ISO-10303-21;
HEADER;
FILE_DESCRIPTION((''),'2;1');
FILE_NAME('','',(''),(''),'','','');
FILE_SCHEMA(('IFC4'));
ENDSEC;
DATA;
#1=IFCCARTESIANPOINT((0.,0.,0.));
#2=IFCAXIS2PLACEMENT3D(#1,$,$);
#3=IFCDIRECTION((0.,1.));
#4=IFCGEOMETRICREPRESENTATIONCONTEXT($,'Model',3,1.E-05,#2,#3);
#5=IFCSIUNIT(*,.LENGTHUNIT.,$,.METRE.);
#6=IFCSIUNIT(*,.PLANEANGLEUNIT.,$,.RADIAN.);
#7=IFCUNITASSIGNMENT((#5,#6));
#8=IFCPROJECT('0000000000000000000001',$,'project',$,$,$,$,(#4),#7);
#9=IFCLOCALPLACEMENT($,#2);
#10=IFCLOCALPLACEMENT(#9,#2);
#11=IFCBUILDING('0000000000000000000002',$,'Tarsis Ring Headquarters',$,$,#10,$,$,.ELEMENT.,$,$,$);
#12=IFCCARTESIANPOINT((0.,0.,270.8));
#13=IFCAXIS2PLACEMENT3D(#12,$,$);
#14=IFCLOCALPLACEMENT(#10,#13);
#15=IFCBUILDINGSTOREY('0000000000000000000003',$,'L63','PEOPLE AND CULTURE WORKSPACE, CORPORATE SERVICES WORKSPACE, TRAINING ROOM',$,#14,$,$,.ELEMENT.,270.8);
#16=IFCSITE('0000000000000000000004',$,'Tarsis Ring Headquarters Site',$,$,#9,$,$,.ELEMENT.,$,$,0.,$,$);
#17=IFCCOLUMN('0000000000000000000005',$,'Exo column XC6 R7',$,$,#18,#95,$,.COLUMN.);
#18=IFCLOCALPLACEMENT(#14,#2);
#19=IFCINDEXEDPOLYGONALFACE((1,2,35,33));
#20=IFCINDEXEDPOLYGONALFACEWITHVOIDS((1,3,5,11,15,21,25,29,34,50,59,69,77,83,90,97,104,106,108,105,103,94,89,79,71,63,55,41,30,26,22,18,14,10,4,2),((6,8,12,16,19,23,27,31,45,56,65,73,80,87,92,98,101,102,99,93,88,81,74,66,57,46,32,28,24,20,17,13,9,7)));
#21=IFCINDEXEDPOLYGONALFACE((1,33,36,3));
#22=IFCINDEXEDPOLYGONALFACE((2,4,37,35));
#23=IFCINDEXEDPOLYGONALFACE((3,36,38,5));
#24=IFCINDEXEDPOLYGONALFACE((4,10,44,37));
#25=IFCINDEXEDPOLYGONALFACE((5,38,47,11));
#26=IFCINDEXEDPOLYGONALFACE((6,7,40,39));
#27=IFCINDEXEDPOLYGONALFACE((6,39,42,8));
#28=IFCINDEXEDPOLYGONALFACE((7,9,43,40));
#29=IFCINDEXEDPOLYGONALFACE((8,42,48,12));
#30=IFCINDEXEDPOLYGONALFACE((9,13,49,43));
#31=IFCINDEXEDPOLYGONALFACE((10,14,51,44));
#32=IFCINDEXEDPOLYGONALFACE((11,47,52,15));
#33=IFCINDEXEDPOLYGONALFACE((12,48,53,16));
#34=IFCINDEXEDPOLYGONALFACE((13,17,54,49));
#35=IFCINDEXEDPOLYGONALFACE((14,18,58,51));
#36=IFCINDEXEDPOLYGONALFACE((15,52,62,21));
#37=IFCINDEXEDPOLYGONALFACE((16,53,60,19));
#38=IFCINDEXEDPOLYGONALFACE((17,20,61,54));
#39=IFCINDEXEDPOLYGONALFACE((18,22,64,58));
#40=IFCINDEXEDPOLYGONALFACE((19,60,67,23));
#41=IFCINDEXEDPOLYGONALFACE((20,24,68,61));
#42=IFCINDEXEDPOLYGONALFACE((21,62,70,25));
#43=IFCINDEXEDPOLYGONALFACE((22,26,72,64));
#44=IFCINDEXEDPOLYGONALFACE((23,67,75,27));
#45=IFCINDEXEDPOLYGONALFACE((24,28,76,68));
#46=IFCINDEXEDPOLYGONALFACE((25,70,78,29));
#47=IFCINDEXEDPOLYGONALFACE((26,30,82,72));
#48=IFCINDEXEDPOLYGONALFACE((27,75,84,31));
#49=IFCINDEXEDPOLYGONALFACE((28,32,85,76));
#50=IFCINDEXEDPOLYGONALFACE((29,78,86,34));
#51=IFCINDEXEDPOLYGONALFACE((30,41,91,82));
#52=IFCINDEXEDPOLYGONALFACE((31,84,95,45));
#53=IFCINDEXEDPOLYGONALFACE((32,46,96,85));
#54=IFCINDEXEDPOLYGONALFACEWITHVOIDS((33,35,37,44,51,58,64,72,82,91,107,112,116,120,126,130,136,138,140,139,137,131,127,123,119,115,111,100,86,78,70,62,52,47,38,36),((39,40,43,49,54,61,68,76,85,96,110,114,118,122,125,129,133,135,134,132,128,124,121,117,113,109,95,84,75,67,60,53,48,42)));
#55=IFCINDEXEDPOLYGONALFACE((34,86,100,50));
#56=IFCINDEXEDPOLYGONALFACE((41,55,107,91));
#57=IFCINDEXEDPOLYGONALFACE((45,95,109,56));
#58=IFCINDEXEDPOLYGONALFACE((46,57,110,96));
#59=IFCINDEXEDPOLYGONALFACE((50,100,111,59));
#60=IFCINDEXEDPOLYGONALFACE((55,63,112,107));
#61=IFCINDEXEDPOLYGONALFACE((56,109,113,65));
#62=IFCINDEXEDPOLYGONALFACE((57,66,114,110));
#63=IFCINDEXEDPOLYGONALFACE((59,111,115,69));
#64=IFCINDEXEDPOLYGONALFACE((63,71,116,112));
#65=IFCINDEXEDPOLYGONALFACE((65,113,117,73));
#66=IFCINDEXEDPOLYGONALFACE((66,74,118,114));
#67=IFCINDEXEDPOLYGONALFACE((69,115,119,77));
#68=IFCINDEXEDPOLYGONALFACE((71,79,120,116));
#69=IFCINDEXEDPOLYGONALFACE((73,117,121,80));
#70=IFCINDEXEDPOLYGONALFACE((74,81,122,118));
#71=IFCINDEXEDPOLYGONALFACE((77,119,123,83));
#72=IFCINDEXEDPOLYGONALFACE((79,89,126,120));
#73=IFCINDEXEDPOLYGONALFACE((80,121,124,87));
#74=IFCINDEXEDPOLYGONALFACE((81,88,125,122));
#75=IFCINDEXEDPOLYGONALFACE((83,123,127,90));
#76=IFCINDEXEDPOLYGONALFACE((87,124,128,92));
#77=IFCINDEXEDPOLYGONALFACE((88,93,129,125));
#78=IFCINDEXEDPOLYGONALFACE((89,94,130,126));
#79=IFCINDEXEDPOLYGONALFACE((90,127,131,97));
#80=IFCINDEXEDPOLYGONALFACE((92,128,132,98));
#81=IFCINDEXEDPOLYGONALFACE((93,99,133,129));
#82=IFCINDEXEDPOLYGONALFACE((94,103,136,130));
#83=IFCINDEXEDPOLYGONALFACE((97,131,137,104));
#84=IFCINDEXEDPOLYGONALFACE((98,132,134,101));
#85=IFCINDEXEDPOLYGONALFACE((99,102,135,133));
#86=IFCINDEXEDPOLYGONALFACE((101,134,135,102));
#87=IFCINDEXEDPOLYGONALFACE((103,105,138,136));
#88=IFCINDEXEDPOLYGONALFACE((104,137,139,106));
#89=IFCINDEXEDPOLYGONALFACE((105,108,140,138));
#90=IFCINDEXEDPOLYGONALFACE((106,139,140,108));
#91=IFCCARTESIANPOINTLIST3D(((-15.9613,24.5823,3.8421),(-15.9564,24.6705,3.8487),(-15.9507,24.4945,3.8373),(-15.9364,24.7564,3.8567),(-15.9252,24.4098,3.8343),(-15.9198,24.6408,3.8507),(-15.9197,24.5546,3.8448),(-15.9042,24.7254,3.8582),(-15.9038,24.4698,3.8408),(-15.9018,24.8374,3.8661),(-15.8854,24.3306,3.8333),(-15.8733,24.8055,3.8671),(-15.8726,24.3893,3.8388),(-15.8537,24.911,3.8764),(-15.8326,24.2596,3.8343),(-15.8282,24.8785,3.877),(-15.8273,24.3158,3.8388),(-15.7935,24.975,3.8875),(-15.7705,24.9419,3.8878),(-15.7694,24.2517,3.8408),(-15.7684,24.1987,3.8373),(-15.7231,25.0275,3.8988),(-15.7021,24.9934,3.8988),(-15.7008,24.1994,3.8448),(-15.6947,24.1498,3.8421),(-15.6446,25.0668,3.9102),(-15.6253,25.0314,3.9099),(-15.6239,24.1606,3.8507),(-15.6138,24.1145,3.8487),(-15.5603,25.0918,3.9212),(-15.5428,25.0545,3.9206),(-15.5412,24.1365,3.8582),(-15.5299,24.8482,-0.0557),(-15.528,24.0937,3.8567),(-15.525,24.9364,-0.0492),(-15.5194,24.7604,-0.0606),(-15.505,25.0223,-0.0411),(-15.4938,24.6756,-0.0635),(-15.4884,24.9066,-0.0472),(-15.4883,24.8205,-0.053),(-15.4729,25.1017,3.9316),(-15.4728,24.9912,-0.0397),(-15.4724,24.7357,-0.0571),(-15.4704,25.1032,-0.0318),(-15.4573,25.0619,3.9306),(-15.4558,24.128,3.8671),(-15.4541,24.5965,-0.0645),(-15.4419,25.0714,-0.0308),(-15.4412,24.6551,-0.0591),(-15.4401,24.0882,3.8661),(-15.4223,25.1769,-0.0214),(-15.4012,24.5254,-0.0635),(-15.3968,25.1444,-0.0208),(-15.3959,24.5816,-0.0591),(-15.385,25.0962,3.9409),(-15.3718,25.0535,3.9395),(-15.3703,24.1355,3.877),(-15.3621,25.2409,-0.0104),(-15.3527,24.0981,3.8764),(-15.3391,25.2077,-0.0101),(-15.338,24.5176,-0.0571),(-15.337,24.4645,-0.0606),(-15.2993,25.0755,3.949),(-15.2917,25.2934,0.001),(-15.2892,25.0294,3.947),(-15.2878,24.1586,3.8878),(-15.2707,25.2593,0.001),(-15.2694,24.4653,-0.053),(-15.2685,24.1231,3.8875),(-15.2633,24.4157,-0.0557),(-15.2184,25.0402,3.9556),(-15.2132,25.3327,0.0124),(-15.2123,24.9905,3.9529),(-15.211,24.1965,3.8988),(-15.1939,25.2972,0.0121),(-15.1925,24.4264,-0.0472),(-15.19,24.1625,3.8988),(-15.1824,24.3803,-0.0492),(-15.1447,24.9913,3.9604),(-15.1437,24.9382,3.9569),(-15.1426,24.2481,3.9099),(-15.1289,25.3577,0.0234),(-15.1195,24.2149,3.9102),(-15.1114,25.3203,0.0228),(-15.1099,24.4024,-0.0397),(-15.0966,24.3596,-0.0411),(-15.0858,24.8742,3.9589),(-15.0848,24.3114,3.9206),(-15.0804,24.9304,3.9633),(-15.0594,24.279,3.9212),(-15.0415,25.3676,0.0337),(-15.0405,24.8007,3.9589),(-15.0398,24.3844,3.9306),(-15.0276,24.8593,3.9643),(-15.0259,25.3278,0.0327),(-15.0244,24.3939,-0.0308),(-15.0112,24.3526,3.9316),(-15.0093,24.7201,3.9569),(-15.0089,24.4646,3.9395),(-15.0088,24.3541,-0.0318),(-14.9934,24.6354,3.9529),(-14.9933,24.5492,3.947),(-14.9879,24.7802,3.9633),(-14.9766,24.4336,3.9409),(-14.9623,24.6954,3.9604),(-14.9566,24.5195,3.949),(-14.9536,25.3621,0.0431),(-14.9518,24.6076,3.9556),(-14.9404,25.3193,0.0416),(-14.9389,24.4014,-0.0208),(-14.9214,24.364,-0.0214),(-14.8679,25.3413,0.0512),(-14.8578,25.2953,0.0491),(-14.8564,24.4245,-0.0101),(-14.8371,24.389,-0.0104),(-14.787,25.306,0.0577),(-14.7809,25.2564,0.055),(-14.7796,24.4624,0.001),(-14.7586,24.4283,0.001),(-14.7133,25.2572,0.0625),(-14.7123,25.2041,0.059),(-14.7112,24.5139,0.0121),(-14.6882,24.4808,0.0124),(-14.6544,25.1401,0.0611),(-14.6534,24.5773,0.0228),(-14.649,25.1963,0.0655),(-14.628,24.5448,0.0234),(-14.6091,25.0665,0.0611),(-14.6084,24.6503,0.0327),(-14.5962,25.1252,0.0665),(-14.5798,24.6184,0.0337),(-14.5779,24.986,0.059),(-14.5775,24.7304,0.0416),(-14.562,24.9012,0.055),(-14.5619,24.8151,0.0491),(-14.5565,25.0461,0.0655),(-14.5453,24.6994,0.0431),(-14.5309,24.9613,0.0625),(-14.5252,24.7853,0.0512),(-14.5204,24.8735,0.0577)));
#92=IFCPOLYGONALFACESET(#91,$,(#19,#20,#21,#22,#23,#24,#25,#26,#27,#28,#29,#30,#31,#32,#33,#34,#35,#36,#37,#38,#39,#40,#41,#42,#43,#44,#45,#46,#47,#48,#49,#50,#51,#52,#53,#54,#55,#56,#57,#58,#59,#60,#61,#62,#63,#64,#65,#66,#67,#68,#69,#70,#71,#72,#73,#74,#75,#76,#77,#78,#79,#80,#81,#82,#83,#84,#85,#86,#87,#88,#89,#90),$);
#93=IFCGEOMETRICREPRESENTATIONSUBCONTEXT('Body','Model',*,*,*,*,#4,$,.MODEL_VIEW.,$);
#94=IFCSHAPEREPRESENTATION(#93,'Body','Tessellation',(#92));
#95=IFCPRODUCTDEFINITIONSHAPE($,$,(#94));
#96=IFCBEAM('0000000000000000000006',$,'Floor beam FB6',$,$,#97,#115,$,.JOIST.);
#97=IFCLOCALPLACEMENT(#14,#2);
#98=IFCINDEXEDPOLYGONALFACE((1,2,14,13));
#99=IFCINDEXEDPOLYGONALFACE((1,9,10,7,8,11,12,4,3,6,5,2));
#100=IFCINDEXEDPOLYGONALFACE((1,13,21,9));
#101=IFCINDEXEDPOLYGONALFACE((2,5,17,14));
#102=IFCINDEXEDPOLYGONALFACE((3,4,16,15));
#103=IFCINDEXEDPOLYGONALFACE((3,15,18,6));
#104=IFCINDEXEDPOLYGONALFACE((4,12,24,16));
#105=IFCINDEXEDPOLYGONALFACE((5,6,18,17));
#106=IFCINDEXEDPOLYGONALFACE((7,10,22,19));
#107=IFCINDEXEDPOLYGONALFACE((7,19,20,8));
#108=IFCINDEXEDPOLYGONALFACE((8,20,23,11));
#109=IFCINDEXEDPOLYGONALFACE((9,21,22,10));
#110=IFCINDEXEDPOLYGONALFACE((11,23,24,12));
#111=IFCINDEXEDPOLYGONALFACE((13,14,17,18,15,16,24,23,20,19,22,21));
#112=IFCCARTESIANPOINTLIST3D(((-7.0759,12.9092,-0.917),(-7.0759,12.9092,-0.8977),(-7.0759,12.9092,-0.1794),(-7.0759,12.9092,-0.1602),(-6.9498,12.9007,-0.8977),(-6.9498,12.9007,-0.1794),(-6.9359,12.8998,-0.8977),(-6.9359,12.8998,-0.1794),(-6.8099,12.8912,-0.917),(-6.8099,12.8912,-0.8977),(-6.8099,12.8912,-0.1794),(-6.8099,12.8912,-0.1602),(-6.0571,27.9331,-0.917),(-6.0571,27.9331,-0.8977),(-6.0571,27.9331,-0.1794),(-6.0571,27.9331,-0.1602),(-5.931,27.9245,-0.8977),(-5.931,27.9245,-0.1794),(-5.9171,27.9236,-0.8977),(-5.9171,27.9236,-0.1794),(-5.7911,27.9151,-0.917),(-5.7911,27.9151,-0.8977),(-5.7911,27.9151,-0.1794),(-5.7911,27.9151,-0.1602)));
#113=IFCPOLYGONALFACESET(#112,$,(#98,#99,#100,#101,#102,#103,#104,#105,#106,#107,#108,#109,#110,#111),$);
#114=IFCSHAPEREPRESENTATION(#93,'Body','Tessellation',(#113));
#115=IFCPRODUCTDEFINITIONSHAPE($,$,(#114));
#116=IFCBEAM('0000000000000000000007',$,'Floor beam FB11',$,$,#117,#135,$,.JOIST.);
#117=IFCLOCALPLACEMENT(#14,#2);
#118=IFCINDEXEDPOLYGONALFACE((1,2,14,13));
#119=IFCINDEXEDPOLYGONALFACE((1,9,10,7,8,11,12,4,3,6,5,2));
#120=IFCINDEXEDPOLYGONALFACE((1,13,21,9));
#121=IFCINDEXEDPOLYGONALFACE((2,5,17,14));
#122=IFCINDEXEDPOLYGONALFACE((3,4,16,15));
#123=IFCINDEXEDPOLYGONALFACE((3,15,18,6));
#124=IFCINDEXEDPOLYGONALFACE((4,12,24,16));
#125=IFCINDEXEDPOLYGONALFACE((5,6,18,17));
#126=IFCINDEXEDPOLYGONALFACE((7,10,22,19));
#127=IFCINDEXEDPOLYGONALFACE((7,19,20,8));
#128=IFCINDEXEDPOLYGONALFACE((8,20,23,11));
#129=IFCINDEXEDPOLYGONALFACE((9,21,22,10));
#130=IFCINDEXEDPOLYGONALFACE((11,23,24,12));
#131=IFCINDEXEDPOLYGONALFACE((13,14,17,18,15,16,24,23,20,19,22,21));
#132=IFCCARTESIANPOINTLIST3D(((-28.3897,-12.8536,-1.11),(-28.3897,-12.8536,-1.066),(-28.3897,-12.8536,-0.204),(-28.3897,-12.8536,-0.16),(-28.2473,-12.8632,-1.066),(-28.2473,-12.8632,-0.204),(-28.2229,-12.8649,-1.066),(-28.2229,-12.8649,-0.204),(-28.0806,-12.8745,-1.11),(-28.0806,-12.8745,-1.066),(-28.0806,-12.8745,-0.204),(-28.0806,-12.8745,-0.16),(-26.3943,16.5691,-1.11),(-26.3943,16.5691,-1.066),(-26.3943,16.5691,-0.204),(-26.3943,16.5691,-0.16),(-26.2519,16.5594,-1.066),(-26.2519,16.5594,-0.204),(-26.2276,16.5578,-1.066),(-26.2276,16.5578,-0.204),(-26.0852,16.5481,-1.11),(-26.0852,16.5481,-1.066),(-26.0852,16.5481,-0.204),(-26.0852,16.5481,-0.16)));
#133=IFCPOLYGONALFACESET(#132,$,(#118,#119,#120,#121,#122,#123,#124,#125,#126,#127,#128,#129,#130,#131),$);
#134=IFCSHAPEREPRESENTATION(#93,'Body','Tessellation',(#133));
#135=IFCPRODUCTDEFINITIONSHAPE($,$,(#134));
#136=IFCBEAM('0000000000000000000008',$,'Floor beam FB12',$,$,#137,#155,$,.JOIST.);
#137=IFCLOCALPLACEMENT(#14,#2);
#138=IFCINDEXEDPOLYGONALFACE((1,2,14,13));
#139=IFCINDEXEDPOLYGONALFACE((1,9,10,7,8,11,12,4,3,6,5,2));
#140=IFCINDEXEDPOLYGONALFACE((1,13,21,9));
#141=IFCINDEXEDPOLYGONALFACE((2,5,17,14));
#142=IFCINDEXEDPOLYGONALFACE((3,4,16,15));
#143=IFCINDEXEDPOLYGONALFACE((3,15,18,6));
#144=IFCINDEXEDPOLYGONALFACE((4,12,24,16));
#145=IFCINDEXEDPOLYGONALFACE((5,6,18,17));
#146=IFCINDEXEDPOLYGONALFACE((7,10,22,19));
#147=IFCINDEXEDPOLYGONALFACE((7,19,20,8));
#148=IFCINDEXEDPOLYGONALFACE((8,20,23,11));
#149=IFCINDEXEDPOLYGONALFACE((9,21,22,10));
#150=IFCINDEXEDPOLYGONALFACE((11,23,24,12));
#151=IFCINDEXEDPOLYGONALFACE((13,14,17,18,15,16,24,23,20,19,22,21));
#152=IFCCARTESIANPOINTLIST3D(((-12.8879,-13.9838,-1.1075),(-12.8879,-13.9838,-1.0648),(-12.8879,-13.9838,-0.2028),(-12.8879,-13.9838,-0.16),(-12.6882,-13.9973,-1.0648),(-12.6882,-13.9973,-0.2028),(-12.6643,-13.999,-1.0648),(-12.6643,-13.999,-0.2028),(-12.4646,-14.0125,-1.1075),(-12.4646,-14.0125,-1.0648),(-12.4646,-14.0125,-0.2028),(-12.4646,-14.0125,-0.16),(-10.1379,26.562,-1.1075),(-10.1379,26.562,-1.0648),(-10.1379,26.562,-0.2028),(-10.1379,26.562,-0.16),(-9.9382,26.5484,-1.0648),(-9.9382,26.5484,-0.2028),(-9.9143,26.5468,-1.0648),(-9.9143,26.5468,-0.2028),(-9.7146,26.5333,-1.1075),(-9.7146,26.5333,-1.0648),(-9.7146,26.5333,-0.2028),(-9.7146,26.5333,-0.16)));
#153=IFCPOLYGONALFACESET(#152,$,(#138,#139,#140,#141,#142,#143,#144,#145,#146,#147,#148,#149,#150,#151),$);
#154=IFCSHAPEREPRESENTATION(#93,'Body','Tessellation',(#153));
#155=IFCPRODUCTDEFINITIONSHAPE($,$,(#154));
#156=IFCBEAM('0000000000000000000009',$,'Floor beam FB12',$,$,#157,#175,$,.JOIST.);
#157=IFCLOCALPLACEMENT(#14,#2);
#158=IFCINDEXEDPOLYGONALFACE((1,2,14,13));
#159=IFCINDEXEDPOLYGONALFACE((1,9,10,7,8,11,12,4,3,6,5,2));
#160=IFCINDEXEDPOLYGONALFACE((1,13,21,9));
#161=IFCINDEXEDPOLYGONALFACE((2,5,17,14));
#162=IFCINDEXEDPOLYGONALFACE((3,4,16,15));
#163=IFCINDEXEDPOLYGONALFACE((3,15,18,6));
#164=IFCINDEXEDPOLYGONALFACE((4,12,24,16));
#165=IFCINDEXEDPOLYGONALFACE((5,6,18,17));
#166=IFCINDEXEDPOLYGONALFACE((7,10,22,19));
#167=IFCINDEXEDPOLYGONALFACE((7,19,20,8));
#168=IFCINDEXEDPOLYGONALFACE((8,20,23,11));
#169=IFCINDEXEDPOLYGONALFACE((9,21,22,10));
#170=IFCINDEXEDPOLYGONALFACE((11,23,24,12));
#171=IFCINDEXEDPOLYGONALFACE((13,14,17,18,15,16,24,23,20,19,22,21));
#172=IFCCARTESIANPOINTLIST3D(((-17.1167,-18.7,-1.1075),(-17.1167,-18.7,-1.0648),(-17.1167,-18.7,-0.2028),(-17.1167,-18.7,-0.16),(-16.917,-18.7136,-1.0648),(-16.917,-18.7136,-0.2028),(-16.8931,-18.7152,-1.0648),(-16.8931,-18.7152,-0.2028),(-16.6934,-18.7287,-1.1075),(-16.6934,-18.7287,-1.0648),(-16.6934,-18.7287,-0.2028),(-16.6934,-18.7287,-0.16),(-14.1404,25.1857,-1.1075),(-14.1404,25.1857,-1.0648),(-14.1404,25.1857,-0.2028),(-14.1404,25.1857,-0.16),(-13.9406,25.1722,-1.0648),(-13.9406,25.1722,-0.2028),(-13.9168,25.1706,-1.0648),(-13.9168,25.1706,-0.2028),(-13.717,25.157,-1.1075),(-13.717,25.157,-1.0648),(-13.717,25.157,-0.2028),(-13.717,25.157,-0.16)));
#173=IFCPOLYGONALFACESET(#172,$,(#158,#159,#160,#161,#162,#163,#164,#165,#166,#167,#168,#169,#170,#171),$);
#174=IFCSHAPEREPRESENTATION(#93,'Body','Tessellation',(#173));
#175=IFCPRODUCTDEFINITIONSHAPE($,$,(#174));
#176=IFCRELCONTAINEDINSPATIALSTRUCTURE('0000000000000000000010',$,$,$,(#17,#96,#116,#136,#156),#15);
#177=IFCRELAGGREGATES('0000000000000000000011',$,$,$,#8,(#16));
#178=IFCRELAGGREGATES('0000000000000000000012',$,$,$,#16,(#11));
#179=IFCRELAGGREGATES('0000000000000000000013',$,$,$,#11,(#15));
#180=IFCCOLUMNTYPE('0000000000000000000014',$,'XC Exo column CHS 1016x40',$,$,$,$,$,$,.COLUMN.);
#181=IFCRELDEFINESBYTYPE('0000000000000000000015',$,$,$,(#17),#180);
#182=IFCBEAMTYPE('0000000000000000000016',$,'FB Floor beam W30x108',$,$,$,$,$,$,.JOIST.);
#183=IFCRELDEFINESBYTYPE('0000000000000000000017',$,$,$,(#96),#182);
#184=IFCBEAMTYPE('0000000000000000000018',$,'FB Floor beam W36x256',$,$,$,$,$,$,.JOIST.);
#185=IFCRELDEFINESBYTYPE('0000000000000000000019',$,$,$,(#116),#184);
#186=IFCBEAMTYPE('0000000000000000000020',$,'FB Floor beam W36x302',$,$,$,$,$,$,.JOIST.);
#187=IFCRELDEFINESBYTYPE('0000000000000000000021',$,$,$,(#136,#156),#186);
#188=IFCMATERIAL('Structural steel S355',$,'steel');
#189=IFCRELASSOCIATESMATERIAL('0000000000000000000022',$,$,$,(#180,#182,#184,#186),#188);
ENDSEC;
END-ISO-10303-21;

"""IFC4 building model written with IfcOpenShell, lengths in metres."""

from ifc_helpers import new_model, si_unit, direction, frame, origin, origin_2d, place, context, subcontext, project, spatial, hollow_circle, i_section, extrude, material, material_profile, profile_set, type_object, element, save


model = new_model("IFC4")

# Units and contexts
model_context = context("Model", 3, precision=1e-05, world=origin(), true_north=direction((0.0, 1.0)))
body_context = subcontext(model_context, "Body", "Model", "MODEL_VIEW")
ifc_project = project(units=[si_unit("LENGTHUNIT", "METRE"), si_unit("PLANEANGLEUNIT", "RADIAN")], contexts=[model_context])

# Site, building, storey
site_placement = place(None, origin())
site = spatial("IfcSite", under=ifc_project, at=site_placement, Name="Tarsis Ring Headquarters Site", CompositionType="ELEMENT", RefElevation=0.0)
building_placement = place(site_placement, origin())
building = spatial("IfcBuilding", under=site, at=building_placement, Name="Tarsis Ring Headquarters", CompositionType="ELEMENT")
storey_placement = place(building_placement, frame((0.0, 0.0, 270.8)))
storey = spatial("IfcBuildingStorey", under=building, at=storey_placement, Name="L63", Description="PEOPLE AND CULTURE WORKSPACE, CORPORATE SERVICES WORKSPACE, TRAINING ROOM", CompositionType="ELEMENT", Elevation=270.8)

# Column
ifc_material_1 = material(Name="Structural steel S355", Category="steel")
ifc_material_profile_1 = material_profile(ifc_material_1, hollow_circle(Radius=0.5081, WallThickness=0.04, at=origin_2d()), Name="CHS 1016x40")
ifc_profile_set_1 = profile_set([ifc_material_profile_1], Name="Structural steel S355")
column_type = type_object("IfcColumnType", Name="XC Exo column CHS 1016x40", PredefinedType="COLUMN", material=ifc_profile_set_1)
column_placement = place(storey_placement, frame((-15.0251, 24.8608, 0.001), z_axis=(-0.109749, -0.067638, 0.991655), x_axis=(0.524662, -0.851311, 0.0)))
element("IfcColumn", 1, at=column_placement, inside=storey, type_object=column_type, Name="Exo column XC6 R7", PredefinedType="COLUMN", context=body_context, shape_type="SweptSolid", body=[
    extrude(hollow_circle(Radius=0.5081, WallThickness=0.04, at=origin_2d()), origin(), (0.0, 0.0, 1.0), 3.9307),
])

# Beams
ifc_material_profile_2 = material_profile(ifc_material_1, i_section(OverallWidth=0.2666, OverallDepth=0.7568, WebThickness=0.0139, FlangeThickness=0.0193, at=origin_2d()), Name="W30x108")
ifc_profile_set_2 = profile_set([ifc_material_profile_2], Name="Structural steel S355")
beam_type_1 = type_object("IfcBeamType", Name="FB Floor beam W30x108", PredefinedType="JOIST", material=ifc_profile_set_2)
beam_1_placement = place(storey_placement, frame((-5.9241, 27.9241, -0.5386), z_axis=(-0.067656, -0.997709, 0.0), x_axis=(0.997709, -0.067656, 0.0)))
element("IfcBeam", 2, at=beam_1_placement, inside=storey, type_object=beam_type_1, Name="Floor beam FB6", PredefinedType="JOIST", context=body_context, shape_type="SweptSolid", body=[
    extrude(i_section(OverallWidth=0.2666, OverallDepth=0.7568, WebThickness=0.0139, FlangeThickness=0.0193, at=origin_2d()), origin(), (0.0, 0.0, 1.0), 15.0583),
])
ifc_material_profile_3 = material_profile(ifc_material_1, i_section(OverallWidth=0.3098, OverallDepth=0.95, WebThickness=0.0244, FlangeThickness=0.0439, at=origin_2d()), Name="W36x256")
ifc_profile_set_3 = profile_set([ifc_material_profile_3], Name="Structural steel S355")
beam_type_2 = type_object("IfcBeamType", Name="FB Floor beam W36x256", PredefinedType="JOIST", material=ifc_profile_set_3)
beam_2_placement = place(storey_placement, frame((-26.2397, 16.5586, -0.635), z_axis=(-0.067662, -0.997708, 0.0), x_axis=(0.997708, -0.067662, 0.0)))
element("IfcBeam", 3, at=beam_2_placement, inside=storey, type_object=beam_type_2, Name="Floor beam FB11", PredefinedType="JOIST", context=body_context, shape_type="SweptSolid", body=[
    extrude(i_section(OverallWidth=0.3098, OverallDepth=0.95, WebThickness=0.0244, FlangeThickness=0.0439, at=origin_2d()), origin(), (0.0, 0.0, 1.0), 29.4902),
])
ifc_material_profile_4 = material_profile(ifc_material_1, i_section(OverallWidth=0.4243, OverallDepth=0.9475, WebThickness=0.0239, FlangeThickness=0.0427, at=origin_2d()), Name="W36x302")
ifc_profile_set_4 = profile_set([ifc_material_profile_4], Name="Structural steel S355")
beam_type_3 = type_object("IfcBeamType", Name="FB Floor beam W36x302", PredefinedType="JOIST", material=ifc_profile_set_4)
beam_3_placement = place(storey_placement, frame((-9.9263, 26.5476, -0.6338), z_axis=(-0.067669, -0.997708, 0.0), x_axis=(0.997708, -0.067669, 0.0)))
element("IfcBeam", 4, at=beam_3_placement, inside=storey, type_object=beam_type_3, Name="Floor beam FB12", PredefinedType="JOIST", context=body_context, shape_type="SweptSolid", body=[
    extrude(i_section(OverallWidth=0.4243, OverallDepth=0.9475, WebThickness=0.0239, FlangeThickness=0.0427, at=origin_2d()), origin(), (0.0, 0.0, 1.0), 40.6389),
])
beam_4_placement = place(storey_placement, frame((-13.9287, 25.1714, -0.6338), z_axis=(-0.067664, -0.997708, 0.0), x_axis=(0.997708, -0.067664, 0.0)))
element("IfcBeam", 5, at=beam_4_placement, inside=storey, type_object=beam_type_3, Name="Floor beam FB12", PredefinedType="JOIST", context=body_context, shape_type="SweptSolid", body=[
    extrude(i_section(OverallWidth=0.4243, OverallDepth=0.9475, WebThickness=0.0239, FlangeThickness=0.0427, at=origin_2d()), origin(), (0.0, 0.0, 1.0), 43.9866),
])

save(model, "model.ifc")
